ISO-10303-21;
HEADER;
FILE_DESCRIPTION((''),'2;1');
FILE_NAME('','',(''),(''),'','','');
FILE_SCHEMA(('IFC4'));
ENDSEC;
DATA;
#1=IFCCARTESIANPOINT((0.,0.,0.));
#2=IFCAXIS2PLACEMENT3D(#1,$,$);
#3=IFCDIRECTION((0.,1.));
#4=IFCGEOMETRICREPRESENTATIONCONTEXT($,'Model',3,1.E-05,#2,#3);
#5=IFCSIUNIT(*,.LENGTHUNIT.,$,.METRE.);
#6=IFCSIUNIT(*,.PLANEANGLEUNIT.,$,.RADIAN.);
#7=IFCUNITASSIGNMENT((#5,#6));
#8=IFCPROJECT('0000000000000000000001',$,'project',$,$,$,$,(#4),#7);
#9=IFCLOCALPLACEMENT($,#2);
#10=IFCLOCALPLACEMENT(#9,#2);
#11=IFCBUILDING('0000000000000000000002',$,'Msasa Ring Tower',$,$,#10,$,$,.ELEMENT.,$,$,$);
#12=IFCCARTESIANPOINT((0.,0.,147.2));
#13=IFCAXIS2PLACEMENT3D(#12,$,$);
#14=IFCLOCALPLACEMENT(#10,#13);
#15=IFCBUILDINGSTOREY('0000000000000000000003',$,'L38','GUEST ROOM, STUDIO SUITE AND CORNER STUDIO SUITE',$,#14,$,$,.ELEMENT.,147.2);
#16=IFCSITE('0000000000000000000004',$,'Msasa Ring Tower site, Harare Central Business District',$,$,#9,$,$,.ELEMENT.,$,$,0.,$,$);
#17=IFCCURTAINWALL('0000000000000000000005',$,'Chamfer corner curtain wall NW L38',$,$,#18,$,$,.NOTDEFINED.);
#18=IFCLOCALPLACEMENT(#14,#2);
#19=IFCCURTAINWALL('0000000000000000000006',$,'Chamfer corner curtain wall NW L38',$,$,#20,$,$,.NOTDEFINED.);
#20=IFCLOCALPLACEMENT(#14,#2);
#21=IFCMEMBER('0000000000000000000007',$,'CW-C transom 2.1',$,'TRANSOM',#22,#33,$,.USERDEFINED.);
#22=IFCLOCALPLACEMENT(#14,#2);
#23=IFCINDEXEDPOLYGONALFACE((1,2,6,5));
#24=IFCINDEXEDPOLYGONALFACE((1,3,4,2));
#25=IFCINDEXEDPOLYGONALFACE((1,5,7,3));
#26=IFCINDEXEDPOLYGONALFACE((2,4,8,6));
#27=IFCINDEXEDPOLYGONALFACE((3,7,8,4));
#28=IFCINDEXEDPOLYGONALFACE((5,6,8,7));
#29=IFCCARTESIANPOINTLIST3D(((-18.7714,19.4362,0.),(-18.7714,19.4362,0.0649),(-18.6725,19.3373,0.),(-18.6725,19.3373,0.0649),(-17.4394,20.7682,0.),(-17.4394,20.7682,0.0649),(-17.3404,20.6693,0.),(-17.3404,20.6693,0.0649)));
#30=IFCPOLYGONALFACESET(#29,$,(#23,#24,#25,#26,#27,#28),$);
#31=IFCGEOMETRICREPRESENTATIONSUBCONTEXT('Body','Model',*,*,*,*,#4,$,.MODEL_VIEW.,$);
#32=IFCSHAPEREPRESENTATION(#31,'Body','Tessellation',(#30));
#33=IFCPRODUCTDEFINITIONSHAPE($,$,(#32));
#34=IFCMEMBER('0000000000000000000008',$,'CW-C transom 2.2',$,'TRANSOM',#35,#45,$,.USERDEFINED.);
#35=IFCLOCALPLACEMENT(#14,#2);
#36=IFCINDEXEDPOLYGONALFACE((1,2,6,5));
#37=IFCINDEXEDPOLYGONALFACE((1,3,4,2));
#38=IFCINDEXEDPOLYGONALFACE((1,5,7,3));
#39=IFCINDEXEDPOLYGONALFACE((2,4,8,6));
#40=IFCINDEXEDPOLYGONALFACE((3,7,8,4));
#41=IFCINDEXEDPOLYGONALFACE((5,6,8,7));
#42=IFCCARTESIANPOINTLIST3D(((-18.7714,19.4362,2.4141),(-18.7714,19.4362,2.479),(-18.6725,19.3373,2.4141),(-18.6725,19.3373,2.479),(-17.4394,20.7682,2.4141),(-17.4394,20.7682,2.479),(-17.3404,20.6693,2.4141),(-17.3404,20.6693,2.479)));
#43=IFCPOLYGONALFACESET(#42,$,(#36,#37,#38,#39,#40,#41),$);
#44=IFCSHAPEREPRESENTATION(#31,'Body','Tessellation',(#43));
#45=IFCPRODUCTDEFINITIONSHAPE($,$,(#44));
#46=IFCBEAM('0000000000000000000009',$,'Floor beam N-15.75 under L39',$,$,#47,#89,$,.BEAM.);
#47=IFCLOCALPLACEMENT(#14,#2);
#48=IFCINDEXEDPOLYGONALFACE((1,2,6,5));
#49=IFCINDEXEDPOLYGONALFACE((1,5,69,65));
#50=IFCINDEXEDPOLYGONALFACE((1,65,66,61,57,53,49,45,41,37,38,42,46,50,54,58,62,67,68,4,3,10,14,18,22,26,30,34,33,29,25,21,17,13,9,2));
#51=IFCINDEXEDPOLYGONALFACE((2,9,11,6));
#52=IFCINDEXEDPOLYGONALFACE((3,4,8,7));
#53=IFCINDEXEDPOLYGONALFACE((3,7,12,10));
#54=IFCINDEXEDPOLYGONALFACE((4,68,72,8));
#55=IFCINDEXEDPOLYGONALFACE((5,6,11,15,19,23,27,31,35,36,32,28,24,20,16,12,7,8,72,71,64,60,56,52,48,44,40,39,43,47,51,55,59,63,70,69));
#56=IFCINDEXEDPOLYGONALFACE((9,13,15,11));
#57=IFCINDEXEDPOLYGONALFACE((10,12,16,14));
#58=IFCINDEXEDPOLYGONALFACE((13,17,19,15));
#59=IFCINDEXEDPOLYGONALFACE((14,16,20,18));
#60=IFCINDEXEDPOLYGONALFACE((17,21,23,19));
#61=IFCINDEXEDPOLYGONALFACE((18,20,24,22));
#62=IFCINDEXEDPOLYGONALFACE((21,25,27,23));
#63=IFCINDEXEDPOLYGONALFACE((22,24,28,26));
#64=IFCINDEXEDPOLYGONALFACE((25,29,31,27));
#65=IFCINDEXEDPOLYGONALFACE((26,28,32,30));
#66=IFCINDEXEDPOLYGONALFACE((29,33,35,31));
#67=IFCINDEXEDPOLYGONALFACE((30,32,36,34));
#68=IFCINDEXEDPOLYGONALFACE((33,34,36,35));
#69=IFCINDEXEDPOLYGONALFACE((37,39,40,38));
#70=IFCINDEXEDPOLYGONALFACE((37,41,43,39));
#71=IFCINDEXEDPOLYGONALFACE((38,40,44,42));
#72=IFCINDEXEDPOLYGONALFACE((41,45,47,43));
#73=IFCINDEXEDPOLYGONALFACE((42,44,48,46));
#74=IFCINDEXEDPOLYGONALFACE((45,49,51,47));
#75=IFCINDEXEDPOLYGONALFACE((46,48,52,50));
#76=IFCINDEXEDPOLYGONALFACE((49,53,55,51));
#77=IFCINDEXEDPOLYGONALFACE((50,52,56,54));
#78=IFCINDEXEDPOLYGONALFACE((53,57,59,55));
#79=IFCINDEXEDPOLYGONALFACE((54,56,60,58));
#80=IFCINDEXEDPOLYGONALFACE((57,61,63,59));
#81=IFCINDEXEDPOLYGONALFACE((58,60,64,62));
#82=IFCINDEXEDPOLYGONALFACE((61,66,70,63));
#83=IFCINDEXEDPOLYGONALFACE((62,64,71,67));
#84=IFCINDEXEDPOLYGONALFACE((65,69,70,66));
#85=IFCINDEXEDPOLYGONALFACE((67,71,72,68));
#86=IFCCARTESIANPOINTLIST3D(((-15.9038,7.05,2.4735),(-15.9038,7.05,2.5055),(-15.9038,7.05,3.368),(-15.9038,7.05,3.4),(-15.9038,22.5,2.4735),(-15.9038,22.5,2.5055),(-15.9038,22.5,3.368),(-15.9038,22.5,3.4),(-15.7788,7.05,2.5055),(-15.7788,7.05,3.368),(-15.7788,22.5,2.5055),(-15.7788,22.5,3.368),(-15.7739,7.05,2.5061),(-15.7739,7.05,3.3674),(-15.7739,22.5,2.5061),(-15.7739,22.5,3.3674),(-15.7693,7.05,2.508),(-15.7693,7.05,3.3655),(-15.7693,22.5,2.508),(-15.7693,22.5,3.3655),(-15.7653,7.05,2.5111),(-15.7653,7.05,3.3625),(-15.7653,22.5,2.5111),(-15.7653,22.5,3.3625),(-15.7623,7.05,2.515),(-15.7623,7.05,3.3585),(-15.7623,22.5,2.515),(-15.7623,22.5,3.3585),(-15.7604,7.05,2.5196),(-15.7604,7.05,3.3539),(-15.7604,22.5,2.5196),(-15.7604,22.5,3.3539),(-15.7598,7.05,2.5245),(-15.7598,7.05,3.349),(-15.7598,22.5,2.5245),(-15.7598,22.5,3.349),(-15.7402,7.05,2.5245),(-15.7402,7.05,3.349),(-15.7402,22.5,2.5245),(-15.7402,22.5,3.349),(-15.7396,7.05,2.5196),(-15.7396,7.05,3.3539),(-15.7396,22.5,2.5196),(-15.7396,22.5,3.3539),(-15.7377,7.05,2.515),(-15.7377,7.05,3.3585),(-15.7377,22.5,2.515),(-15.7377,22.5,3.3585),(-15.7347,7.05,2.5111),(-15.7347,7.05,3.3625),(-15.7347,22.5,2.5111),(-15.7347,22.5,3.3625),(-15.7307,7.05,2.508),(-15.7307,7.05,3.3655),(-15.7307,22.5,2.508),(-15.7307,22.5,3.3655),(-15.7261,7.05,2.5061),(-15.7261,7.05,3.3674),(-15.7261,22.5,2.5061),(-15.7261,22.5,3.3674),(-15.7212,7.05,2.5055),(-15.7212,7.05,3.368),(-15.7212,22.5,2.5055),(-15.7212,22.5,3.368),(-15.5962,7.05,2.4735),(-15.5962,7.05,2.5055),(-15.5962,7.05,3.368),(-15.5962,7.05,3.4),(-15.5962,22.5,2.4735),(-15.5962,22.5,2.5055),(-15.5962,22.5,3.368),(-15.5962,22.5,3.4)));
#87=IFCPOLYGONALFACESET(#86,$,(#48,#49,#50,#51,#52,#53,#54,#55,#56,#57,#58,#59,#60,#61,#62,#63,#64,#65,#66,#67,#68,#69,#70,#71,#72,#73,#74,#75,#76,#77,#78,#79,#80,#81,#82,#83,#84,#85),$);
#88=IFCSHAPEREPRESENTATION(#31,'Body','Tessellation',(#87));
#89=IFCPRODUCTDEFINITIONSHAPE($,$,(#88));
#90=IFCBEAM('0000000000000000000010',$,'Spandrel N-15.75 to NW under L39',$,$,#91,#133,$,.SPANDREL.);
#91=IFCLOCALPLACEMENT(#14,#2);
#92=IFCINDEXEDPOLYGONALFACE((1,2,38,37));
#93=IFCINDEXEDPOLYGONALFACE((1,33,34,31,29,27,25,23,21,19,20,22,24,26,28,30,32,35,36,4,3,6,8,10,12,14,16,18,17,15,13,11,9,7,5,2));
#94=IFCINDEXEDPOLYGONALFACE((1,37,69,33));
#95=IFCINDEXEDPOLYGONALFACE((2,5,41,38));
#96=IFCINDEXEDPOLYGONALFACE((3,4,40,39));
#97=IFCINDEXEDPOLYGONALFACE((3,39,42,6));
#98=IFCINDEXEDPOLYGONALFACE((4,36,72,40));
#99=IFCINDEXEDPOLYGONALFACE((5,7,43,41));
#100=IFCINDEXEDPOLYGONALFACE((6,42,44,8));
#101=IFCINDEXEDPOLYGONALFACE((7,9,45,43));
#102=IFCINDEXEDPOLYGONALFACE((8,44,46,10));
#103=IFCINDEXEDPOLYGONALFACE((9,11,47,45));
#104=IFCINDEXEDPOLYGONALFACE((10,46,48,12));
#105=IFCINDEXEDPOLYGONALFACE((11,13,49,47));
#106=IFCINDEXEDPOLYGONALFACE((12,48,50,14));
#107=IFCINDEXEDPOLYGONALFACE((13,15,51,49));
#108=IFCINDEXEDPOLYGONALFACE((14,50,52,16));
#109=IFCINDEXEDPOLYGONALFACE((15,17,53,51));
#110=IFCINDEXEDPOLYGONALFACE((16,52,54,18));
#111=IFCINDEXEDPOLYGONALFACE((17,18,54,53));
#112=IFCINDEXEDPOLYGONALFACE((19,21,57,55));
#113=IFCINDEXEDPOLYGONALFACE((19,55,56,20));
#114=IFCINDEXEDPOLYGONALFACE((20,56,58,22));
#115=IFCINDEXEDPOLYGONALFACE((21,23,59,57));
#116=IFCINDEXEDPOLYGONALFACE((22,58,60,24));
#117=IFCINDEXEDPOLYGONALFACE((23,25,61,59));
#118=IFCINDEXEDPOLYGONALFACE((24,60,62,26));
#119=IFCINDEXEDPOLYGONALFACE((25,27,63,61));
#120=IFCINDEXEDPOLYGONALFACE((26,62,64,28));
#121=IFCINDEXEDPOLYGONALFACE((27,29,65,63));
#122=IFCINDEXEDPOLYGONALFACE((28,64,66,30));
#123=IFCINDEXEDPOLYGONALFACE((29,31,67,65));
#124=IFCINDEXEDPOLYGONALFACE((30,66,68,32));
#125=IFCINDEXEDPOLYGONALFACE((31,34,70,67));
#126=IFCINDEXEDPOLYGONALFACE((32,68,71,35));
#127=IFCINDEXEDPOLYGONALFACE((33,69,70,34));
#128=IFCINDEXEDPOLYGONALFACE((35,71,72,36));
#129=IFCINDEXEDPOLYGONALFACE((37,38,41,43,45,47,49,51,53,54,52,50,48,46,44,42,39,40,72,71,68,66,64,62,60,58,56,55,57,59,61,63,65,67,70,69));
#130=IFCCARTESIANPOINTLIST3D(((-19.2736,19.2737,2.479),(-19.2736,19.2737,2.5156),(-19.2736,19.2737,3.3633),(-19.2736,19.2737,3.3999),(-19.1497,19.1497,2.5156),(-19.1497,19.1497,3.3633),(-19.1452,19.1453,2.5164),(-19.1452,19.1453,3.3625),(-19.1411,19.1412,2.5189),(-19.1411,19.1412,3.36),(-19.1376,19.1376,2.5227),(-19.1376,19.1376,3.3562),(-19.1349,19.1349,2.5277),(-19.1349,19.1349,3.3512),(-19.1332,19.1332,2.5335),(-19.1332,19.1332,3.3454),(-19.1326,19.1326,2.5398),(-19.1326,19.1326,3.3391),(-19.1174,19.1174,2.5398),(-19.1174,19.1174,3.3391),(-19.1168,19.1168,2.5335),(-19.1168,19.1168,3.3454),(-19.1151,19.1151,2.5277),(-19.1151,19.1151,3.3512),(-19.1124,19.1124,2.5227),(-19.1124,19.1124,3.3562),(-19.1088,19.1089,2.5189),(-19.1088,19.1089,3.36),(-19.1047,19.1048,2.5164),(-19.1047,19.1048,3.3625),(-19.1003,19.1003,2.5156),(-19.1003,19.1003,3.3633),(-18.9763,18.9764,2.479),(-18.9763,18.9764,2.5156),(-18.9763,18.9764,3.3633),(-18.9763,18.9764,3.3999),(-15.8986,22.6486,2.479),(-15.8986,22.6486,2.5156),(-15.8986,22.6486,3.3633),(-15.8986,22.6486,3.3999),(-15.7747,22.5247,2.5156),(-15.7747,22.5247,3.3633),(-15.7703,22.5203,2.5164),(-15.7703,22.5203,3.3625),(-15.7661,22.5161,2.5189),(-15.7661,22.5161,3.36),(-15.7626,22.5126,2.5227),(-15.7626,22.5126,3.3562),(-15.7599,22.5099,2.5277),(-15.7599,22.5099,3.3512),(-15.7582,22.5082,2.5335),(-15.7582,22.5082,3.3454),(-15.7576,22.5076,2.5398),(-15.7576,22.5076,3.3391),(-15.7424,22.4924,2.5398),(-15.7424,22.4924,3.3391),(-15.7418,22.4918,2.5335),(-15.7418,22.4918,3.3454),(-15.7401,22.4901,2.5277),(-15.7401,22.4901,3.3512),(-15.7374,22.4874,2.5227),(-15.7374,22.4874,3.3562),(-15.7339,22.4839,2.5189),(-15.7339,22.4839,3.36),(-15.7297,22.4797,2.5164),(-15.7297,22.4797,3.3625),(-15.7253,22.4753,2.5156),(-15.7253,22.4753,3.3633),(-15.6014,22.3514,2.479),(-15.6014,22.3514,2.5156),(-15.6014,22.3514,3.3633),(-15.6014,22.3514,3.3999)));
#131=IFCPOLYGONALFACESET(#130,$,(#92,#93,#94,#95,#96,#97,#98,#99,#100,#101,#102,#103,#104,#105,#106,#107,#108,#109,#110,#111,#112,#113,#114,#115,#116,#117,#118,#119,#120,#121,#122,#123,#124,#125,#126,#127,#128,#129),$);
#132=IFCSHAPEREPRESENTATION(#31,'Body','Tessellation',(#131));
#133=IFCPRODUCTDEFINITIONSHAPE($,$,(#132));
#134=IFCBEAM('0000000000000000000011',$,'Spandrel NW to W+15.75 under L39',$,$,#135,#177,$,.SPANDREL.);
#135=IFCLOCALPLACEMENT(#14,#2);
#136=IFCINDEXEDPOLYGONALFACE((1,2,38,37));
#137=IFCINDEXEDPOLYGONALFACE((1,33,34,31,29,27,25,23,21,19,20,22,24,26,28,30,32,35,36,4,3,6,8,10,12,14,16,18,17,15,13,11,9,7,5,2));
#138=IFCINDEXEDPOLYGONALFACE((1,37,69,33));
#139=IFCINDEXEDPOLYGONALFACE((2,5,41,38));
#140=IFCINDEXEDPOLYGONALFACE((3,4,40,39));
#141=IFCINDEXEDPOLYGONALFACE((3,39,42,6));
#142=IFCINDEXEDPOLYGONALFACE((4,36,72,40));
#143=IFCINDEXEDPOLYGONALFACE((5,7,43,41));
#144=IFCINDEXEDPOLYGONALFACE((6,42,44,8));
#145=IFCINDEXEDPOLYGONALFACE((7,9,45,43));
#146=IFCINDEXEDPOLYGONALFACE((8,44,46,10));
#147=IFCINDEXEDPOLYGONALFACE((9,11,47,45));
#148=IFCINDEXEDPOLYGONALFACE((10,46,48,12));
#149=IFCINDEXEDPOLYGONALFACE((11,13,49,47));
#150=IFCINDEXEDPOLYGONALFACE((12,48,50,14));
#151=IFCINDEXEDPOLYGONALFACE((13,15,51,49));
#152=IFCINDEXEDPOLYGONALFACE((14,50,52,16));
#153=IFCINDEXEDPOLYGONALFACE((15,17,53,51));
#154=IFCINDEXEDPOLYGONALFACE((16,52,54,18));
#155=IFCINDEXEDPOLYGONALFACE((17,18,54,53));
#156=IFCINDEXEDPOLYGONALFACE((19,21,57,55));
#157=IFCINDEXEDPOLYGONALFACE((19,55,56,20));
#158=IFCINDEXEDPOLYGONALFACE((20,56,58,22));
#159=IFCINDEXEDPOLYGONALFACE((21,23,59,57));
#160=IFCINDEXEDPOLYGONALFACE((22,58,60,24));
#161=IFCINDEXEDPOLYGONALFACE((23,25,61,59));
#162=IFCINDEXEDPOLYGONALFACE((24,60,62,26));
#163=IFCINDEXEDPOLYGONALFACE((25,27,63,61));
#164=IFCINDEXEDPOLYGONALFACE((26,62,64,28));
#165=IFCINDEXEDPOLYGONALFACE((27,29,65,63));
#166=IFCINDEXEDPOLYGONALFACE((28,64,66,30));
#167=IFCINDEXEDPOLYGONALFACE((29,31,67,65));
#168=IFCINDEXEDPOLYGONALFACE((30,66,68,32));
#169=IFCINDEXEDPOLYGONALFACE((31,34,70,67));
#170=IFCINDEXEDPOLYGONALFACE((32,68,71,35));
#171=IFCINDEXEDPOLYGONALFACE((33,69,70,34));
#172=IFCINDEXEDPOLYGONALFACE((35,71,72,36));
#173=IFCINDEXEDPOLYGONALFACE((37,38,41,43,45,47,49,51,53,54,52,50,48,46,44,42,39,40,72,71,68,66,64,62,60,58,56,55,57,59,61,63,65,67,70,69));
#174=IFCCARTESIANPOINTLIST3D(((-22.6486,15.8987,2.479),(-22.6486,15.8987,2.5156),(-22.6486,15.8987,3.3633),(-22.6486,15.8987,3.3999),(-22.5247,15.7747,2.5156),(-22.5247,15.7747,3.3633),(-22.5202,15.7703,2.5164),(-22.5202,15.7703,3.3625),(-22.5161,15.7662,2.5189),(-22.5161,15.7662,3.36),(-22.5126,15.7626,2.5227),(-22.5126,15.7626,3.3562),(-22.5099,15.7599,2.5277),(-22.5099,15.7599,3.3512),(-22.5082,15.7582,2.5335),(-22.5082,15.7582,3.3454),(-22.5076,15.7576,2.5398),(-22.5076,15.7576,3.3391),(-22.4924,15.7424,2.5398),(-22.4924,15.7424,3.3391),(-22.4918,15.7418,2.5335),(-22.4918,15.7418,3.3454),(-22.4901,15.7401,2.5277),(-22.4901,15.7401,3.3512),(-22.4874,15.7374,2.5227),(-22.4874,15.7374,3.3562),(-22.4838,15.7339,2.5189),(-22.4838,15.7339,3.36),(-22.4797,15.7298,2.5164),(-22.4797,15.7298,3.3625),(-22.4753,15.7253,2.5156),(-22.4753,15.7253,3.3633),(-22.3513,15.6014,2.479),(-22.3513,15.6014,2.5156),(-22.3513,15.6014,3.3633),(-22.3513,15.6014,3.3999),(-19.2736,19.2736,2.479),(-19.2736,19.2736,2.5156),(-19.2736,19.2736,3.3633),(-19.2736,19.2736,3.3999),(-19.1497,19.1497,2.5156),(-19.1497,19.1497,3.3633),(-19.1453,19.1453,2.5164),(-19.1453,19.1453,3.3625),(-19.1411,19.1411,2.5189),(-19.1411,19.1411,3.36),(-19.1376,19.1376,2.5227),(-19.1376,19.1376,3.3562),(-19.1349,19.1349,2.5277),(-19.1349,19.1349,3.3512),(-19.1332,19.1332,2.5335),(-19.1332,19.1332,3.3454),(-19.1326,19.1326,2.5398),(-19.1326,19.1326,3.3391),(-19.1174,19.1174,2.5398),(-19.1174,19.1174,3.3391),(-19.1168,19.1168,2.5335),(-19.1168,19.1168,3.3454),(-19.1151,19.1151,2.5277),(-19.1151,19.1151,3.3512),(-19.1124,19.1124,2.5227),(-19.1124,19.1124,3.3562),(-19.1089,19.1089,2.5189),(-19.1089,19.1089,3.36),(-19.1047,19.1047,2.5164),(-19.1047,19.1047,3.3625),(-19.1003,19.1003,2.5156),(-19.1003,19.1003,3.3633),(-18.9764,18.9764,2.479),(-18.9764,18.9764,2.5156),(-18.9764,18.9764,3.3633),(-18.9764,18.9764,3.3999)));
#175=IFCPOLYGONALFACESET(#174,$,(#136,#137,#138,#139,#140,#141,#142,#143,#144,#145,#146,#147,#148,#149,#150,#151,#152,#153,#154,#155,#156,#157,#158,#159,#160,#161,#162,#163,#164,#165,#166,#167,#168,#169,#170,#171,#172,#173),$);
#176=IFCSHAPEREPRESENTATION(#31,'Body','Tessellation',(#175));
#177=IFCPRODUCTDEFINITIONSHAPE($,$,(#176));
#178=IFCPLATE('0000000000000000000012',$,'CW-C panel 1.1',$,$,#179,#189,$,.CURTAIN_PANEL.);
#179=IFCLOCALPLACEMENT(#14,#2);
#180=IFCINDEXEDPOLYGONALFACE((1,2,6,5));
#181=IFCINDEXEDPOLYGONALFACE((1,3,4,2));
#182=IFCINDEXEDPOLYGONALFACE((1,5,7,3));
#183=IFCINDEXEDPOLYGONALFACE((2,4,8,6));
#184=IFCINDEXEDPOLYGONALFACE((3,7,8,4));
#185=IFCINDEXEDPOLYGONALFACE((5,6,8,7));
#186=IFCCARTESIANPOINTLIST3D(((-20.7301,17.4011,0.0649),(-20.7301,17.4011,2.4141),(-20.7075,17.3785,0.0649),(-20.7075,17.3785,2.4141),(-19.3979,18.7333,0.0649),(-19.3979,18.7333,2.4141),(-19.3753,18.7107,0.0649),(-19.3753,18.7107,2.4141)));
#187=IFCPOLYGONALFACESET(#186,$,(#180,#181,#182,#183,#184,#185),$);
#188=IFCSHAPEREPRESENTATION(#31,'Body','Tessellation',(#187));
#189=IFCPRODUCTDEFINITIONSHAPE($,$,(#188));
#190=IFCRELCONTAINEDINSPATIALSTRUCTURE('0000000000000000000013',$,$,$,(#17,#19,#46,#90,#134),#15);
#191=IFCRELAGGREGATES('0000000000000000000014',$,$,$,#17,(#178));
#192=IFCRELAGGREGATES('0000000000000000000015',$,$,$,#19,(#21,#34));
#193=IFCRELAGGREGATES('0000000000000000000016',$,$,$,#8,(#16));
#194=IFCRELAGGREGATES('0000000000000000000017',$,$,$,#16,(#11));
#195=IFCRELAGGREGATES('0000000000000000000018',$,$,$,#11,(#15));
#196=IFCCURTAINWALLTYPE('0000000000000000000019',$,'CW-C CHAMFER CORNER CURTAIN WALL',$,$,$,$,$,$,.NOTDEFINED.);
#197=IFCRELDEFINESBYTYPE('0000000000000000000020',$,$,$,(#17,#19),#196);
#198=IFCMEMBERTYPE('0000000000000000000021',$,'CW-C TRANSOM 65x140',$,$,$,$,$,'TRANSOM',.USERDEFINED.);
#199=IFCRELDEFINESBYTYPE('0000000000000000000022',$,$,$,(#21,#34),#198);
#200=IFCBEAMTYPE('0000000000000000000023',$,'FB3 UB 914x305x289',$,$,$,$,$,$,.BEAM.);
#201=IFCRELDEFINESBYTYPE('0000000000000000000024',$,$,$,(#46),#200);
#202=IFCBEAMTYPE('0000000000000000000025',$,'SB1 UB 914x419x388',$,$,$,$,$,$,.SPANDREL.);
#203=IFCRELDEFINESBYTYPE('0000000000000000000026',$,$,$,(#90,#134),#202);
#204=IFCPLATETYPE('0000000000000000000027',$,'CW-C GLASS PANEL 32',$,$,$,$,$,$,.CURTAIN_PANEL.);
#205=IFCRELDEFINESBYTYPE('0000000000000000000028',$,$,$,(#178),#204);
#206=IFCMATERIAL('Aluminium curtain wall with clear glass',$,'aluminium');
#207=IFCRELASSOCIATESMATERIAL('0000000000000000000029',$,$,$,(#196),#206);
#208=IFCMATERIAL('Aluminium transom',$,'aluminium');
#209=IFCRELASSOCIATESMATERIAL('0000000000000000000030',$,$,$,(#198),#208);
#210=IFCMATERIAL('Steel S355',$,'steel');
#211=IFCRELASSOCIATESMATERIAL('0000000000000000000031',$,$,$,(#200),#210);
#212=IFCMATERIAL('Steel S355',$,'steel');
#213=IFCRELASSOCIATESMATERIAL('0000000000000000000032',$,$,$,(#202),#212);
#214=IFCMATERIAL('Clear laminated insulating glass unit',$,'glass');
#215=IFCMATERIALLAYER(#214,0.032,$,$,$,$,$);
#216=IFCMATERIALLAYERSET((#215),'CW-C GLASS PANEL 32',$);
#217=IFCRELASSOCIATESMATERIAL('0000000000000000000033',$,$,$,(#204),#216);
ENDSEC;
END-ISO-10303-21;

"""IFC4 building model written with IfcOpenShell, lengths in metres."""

from ifc_helpers import new_model, si_unit, direction, frame, origin, origin_2d, place, context, subcontext, project, spatial, rectangle, i_section, extrude, material, layer, layer_set, material_profile, profile_set, type_object, element, aggregate, save


model = new_model("IFC4")

# Units and contexts
model_context = context("Model", 3, precision=1e-05, world=origin(), true_north=direction((0.0, 1.0)))
body_context = subcontext(model_context, "Body", "Model", "MODEL_VIEW")
ifc_project = project(units=[si_unit("LENGTHUNIT", "METRE"), si_unit("PLANEANGLEUNIT", "RADIAN")], contexts=[model_context])

# Site, building, storey
site_placement = place(None, origin())
site = spatial("IfcSite", under=ifc_project, at=site_placement, Name="Msasa Ring Tower site, Harare Central Business District", CompositionType="ELEMENT", RefElevation=0.0)
building_placement = place(site_placement, origin())
building = spatial("IfcBuilding", under=site, at=building_placement, Name="Msasa Ring Tower", CompositionType="ELEMENT")
storey_placement = place(building_placement, frame((0.0, 0.0, 147.2)))
storey = spatial("IfcBuildingStorey", under=building, at=storey_placement, Name="L38", Description="GUEST ROOM, STUDIO SUITE AND CORNER STUDIO SUITE", CompositionType="ELEMENT", Elevation=147.2)

# Curtain walls
ifc_material_1 = material(Name="Aluminium curtain wall with clear glass", Category="aluminium")
curtain_wall_type = type_object("IfcCurtainWallType", Name="CW-C CHAMFER CORNER CURTAIN WALL", PredefinedType="NOTDEFINED", material=ifc_material_1)
curtain_wall_1_placement = place(storey_placement, origin())
curtain_wall_1 = element("IfcCurtainWall", 1, at=curtain_wall_1_placement, inside=storey, type_object=curtain_wall_type, Name="Chamfer corner curtain wall NW L38", PredefinedType="NOTDEFINED")
curtain_wall_2_placement = place(storey_placement, origin())
curtain_wall_2 = element("IfcCurtainWall", 2, at=curtain_wall_2_placement, inside=storey, type_object=curtain_wall_type, Name="Chamfer corner curtain wall NW L38", PredefinedType="NOTDEFINED")

# Members
ifc_material_2 = material(Name="Aluminium transom", Category="aluminium")
ifc_material_profile_1 = material_profile(ifc_material_2, rectangle(XDim=0.1399, YDim=0.0649, at=origin_2d()), Name="AL 65x140")
ifc_profile_set_1 = profile_set([ifc_material_profile_1], Name="Aluminium transom")
member_type_1 = type_object("IfcMemberType", Name="CW-C TRANSOM 65x140", ElementType="TRANSOM", PredefinedType="USERDEFINED", material=ifc_profile_set_1)
member_1_placement = place(storey_placement, frame((-17.3899, 20.7188, 0.0325), z_axis=(-0.707107, -0.707107, 0.0), x_axis=(0.707107, -0.707107, 0.0)))
member_1 = element("IfcMember", 3, at=member_1_placement, type_object=member_type_1, Name="CW-C transom 2.1", ObjectType="TRANSOM", PredefinedType="USERDEFINED", context=body_context, shape_type="SweptSolid", body=[
    extrude(rectangle(XDim=0.1399, YDim=0.0649, at=origin_2d()), origin(), (0.0, 0.0, 1.0), 1.8838),
])
member_2_placement = place(storey_placement, frame((-17.3899, 20.7188, 2.4465), z_axis=(-0.707107, -0.707107, 0.0), x_axis=(0.707107, -0.707107, 0.0)))
member_2 = element("IfcMember", 4, at=member_2_placement, type_object=member_type_1, Name="CW-C transom 2.2", ObjectType="TRANSOM", PredefinedType="USERDEFINED", context=body_context, shape_type="SweptSolid", body=[
    extrude(rectangle(XDim=0.1399, YDim=0.0649, at=origin_2d()), origin(), (0.0, 0.0, 1.0), 1.8838),
])

# Beams
ifc_material_3 = material(Name="Steel S355", Category="steel")
ifc_material_profile_2 = material_profile(ifc_material_3, i_section(OverallWidth=0.3076, OverallDepth=0.9265, WebThickness=0.0195, FlangeThickness=0.032, FilletRadius=0.019, at=origin_2d()), Name="UB 914x305x289")
ifc_profile_set_2 = profile_set([ifc_material_profile_2], Name="Steel S355")
beam_type_1 = type_object("IfcBeamType", Name="FB3 UB 914x305x289", PredefinedType="BEAM", material=ifc_profile_set_2)
beam_placement = place(storey_placement, frame((-15.75, 22.5, 2.9368), z_axis=(0.0, -1.0, 0.0), x_axis=(1.0, 0.0, 0.0)))
element("IfcBeam", 5, at=beam_placement, inside=storey, type_object=beam_type_1, Name="Floor beam N-15.75 under L39", PredefinedType="BEAM", context=body_context, shape_type="SweptSolid", body=[
    extrude(i_section(OverallWidth=0.3076, OverallDepth=0.9265, WebThickness=0.0195, FlangeThickness=0.032, FilletRadius=0.019, at=origin_2d()), origin(), (0.0, 0.0, 1.0), 15.45),
])
ifc_material_4 = material(Name="Steel S355", Category="steel")
ifc_material_profile_3 = material_profile(ifc_material_4, i_section(OverallWidth=0.4204, OverallDepth=0.9209, WebThickness=0.0215, FlangeThickness=0.0366, FilletRadius=0.0242, at=origin_2d()), Name="UB 914x419x388")
ifc_profile_set_3 = profile_set([ifc_material_profile_3], Name="Steel S355")
beam_type_2 = type_object("IfcBeamType", Name="SB1 UB 914x419x388", PredefinedType="SPANDREL", material=ifc_profile_set_3)
for number, where, z_axis, x_axis, name in (
    (6, (-15.75, 22.5, 2.9395), (-0.707107, -0.707107, 0.0), (0.707107, -0.707107, 0.0), "Spandrel N-15.75 to NW under L39"),
    (7, (-19.125, 19.125, 2.9395), (-0.707107, -0.707107, 0.0), (0.707107, -0.707107, 0.0), "Spandrel NW to W+15.75 under L39"),
):
    element("IfcBeam", number, at=place(storey_placement, frame(where, z_axis=z_axis, x_axis=x_axis)), inside=storey, type_object=beam_type_2, Name=name, PredefinedType="SPANDREL", context=body_context, shape_type="SweptSolid", body=[
        extrude(i_section(OverallWidth=0.4204, OverallDepth=0.9209, WebThickness=0.0215, FlangeThickness=0.0366, FilletRadius=0.0242, at=origin_2d()), origin(), (0.0, 0.0, 1.0), 4.7729),
    ])

# Plate
ifc_material_5 = material(Name="Clear laminated insulating glass unit", Category="glass")
ifc_layer_1 = layer(ifc_material_5, 0.032)
ifc_layer_set_1 = layer_set([ifc_layer_1], Name="CW-C GLASS PANEL 32")
plate_type = type_object("IfcPlateType", Name="CW-C GLASS PANEL 32", PredefinedType="CURTAIN_PANEL", material=ifc_layer_set_1)
plate_1_placement = place(storey_placement, frame((-20.0527, 18.0559, 0.0649), z_axis=(0.0, 0.0, 1.0), x_axis=(-0.707107, -0.707107, 0.0)))
plate_1 = element("IfcPlate", 8, at=plate_1_placement, type_object=plate_type, Name="CW-C panel 1.1", PredefinedType="CURTAIN_PANEL", context=body_context, shape_type="SweptSolid", body=[
    extrude(rectangle(XDim=1.884, YDim=0.032, at=origin_2d()), origin(), (0.0, 0.0, 1.0), 2.3491),
])
aggregate(curtain_wall_1, [plate_1])
aggregate(curtain_wall_2, [member_1, member_2])

save(model, "model.ifc")
